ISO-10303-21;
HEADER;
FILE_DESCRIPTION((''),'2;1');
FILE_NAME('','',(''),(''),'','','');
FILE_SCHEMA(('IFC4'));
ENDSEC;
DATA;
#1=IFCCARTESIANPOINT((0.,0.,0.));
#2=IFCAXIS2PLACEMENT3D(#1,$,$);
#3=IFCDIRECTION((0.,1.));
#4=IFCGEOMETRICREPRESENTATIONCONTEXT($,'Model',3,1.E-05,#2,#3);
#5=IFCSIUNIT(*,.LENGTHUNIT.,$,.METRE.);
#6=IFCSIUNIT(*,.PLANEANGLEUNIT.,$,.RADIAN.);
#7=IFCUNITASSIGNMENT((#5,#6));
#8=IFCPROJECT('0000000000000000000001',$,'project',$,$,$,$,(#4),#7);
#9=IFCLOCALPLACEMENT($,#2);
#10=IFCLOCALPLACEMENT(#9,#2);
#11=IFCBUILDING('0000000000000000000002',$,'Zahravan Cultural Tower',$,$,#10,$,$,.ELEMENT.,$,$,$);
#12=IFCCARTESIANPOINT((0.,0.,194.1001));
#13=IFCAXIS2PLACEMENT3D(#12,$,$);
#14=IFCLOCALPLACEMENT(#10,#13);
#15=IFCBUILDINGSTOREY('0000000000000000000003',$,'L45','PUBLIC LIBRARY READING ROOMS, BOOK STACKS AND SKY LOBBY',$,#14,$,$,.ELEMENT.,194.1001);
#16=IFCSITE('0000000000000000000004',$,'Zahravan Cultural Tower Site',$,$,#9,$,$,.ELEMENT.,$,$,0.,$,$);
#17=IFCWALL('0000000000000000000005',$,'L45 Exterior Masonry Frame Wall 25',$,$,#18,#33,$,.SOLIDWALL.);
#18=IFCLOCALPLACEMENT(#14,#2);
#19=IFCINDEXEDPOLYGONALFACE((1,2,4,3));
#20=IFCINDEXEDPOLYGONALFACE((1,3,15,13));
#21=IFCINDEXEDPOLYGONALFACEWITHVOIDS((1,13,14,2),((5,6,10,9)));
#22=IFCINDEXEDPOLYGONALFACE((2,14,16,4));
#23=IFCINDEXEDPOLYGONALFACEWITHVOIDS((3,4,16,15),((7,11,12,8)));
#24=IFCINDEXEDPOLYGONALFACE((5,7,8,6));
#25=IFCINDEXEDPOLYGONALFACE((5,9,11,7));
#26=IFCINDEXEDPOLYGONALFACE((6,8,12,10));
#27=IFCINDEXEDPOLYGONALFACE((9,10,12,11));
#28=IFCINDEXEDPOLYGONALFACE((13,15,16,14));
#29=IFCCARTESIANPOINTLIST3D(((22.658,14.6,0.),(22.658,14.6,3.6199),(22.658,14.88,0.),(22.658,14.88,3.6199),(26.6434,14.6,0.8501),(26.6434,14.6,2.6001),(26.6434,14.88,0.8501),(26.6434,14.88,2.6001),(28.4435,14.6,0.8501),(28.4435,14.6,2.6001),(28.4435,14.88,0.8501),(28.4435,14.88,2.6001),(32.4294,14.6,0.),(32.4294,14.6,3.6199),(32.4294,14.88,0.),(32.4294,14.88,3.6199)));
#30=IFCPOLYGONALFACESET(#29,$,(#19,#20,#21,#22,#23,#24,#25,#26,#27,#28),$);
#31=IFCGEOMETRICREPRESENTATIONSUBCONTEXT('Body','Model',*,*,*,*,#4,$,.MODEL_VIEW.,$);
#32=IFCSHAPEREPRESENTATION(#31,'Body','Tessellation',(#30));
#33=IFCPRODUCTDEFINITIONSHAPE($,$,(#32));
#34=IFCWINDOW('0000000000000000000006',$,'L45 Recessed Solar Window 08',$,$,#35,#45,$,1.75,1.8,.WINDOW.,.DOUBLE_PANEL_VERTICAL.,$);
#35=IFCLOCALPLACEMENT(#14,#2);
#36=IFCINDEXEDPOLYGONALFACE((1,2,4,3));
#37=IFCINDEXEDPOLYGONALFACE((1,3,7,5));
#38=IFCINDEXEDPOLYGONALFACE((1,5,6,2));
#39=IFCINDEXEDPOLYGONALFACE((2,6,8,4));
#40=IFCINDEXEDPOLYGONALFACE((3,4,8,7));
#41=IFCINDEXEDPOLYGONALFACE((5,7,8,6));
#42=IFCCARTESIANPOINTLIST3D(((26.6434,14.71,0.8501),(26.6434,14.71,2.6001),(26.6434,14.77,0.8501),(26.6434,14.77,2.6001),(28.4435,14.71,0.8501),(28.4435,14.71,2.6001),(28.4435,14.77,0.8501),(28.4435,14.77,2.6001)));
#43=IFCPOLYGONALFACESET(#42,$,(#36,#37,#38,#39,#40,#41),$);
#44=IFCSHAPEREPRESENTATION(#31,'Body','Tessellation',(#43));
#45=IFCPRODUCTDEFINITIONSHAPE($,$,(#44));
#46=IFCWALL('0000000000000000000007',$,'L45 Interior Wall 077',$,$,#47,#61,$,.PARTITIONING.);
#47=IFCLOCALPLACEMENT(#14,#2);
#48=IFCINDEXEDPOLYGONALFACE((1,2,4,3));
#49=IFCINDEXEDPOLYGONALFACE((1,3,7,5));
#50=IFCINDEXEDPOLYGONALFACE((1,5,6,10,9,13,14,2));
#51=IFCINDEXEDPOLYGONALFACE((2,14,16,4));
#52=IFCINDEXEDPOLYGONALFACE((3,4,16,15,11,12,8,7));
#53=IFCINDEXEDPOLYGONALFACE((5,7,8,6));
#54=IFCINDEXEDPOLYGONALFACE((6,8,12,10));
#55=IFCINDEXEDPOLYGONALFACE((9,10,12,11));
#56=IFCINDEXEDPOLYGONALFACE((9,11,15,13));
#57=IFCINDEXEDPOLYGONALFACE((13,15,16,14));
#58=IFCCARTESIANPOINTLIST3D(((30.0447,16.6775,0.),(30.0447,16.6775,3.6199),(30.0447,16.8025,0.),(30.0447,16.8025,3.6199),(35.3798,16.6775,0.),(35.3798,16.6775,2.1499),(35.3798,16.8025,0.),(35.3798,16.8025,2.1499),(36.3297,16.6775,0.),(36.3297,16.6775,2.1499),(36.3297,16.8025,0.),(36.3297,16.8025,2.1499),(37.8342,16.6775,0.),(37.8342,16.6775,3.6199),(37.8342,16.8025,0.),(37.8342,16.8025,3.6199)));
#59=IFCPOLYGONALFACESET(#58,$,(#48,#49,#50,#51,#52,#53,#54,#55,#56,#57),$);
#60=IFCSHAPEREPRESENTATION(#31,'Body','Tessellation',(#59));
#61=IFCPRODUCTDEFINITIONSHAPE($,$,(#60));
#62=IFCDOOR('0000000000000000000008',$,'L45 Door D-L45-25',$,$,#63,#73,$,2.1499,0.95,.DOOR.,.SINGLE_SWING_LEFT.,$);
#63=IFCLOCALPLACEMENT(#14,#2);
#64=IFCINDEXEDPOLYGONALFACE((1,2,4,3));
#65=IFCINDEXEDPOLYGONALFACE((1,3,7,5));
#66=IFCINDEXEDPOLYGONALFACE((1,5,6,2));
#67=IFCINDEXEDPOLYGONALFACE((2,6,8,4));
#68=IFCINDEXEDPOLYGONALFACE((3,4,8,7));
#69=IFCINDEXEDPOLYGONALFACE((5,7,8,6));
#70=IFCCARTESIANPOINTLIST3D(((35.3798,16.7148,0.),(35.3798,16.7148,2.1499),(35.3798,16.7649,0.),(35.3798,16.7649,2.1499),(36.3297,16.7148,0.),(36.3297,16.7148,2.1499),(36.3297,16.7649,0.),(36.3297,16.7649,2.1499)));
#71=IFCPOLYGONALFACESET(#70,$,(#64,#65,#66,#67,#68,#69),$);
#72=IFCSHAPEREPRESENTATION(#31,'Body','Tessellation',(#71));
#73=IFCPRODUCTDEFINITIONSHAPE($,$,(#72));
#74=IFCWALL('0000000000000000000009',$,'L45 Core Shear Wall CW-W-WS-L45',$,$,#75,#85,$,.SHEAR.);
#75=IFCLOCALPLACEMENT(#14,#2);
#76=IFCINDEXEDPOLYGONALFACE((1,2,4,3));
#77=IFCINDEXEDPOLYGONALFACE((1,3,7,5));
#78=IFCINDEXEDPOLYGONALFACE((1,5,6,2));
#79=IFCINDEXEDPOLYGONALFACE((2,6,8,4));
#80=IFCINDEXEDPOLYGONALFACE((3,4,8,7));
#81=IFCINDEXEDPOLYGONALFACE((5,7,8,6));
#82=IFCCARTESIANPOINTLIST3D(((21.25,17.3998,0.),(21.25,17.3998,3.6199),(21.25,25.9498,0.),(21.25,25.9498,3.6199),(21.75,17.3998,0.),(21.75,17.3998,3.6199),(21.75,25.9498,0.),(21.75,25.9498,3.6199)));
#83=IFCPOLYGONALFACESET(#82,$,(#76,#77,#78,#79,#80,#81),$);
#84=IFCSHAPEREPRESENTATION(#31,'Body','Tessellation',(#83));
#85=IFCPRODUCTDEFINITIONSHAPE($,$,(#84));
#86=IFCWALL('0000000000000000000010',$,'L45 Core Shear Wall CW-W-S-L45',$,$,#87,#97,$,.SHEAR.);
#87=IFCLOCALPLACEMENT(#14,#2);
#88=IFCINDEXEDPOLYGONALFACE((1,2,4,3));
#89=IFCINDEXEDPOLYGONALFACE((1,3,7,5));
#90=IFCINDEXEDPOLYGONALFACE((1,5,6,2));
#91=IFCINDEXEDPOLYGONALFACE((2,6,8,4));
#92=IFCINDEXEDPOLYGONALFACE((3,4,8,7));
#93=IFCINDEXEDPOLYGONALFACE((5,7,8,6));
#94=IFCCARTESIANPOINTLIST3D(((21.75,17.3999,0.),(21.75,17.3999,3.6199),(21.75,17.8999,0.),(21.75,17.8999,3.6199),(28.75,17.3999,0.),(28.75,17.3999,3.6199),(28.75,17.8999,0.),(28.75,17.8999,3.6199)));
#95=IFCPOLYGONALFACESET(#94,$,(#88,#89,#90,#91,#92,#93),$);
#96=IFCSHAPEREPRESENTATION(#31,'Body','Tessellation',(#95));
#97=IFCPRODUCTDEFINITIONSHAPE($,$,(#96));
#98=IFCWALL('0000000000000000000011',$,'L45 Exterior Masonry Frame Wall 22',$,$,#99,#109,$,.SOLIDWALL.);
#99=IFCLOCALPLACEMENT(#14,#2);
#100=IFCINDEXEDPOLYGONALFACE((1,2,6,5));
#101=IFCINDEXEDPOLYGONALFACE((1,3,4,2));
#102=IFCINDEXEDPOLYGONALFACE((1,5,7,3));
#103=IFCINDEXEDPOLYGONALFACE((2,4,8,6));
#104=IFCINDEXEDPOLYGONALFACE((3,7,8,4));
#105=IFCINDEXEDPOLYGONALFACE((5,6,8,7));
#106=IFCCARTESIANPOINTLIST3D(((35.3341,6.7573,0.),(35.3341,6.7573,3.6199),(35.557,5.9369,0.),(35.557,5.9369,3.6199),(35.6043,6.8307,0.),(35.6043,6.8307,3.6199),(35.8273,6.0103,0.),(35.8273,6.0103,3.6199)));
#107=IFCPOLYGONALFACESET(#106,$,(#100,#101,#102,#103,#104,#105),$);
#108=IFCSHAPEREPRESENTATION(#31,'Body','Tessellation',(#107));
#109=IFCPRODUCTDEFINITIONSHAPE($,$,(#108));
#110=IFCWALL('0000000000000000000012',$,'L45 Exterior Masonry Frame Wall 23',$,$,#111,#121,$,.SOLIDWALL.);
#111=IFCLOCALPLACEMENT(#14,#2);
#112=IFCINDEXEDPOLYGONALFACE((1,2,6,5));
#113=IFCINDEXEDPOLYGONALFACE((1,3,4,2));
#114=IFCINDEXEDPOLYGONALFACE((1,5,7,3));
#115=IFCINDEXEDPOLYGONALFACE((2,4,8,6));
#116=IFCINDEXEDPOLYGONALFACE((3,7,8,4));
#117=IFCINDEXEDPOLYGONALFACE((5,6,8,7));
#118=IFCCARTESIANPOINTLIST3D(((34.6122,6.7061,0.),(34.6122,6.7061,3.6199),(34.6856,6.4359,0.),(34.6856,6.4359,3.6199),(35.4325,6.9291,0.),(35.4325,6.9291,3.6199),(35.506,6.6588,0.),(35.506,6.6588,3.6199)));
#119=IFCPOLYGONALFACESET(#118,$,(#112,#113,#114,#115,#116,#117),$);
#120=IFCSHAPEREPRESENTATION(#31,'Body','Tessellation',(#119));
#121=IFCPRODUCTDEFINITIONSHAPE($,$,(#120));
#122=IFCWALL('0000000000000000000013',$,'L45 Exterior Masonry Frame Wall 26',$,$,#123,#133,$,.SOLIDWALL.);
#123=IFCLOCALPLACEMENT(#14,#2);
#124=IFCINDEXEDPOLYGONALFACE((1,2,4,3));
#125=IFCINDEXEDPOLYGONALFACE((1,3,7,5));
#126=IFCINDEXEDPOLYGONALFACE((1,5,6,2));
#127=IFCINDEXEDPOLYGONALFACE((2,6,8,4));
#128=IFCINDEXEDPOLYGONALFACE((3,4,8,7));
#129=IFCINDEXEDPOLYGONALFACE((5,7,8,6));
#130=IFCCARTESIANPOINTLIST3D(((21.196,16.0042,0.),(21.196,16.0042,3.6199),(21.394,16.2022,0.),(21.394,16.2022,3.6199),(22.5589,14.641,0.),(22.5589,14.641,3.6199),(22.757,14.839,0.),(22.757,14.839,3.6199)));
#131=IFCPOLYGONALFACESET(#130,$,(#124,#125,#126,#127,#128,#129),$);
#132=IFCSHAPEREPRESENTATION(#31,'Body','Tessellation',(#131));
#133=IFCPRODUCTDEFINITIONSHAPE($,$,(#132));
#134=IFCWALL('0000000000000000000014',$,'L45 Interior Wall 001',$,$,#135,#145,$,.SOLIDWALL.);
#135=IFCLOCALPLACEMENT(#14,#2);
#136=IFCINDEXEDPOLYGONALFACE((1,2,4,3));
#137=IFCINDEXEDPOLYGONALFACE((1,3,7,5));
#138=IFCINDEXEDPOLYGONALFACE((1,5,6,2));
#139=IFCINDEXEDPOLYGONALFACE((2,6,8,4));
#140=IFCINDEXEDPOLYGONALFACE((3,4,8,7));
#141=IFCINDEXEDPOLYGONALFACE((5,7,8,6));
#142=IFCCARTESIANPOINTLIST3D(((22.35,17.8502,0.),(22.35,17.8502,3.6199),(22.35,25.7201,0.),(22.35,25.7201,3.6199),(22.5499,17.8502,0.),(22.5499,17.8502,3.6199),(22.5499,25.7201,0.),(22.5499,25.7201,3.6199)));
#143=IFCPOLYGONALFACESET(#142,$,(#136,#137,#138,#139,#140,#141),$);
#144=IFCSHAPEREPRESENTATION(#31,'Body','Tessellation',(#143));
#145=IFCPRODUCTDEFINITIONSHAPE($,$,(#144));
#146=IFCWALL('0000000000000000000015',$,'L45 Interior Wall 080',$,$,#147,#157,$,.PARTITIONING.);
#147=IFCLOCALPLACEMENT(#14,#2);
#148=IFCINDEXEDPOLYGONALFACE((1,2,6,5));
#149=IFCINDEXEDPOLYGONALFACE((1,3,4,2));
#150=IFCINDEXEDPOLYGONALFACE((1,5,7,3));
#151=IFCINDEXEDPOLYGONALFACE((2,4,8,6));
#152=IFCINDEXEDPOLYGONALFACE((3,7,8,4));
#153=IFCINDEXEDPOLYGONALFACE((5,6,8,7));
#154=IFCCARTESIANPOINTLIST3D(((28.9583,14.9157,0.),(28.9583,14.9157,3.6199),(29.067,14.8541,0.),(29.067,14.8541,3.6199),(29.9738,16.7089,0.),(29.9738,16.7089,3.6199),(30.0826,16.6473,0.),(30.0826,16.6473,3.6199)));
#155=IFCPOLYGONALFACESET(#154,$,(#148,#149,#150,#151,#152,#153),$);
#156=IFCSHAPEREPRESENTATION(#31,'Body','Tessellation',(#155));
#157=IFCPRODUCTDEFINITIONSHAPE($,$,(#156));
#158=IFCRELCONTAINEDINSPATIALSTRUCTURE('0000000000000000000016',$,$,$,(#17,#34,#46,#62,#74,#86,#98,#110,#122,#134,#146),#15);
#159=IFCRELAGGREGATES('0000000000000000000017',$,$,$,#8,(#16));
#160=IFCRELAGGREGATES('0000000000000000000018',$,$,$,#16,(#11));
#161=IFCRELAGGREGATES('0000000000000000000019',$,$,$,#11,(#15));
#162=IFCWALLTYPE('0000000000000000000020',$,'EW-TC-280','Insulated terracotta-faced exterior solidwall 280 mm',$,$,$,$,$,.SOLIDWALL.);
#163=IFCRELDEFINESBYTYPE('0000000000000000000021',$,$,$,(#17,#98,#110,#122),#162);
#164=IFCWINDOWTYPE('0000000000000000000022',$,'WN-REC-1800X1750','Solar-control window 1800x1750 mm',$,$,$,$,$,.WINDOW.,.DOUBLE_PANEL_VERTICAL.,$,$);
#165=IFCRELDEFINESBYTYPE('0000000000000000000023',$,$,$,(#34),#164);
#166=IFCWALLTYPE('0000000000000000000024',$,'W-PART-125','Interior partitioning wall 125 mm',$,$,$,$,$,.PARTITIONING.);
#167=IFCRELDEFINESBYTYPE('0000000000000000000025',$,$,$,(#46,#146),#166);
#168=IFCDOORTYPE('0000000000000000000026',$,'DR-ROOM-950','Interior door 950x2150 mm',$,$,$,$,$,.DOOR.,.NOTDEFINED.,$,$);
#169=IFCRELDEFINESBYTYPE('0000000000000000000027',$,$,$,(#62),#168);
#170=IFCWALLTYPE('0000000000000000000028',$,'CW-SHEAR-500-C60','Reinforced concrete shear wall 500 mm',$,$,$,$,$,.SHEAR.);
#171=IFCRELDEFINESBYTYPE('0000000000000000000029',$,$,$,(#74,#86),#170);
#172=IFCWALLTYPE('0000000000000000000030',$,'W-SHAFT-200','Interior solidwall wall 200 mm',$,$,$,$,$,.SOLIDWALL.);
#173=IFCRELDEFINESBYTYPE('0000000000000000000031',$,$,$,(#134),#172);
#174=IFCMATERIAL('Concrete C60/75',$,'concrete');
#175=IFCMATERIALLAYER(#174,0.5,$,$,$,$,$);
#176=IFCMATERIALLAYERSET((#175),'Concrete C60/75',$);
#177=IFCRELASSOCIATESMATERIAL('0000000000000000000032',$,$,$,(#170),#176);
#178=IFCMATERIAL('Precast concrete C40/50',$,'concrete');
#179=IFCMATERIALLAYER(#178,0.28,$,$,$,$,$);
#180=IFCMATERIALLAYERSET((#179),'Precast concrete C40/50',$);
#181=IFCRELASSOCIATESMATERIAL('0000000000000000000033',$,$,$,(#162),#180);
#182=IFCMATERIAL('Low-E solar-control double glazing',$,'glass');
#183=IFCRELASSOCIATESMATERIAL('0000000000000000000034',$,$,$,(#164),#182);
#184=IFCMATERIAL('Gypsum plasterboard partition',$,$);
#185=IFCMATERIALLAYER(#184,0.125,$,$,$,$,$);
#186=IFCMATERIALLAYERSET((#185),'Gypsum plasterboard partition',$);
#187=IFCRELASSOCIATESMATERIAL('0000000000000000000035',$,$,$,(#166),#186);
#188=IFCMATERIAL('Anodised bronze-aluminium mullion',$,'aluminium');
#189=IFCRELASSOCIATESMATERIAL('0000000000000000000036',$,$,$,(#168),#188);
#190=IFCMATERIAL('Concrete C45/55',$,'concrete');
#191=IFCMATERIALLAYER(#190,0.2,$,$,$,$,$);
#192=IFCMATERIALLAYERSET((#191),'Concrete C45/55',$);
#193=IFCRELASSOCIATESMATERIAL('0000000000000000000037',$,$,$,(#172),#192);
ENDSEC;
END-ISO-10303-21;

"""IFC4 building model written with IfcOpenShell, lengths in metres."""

from ifc_helpers import new_model, si_unit, direction, frame, frame_2d, origin, place, context, subcontext, project, spatial, rectangle, extrude, source, transform, mapped, material, layer, layer_set, type_object, element, fill, save


model = new_model("IFC4")

# Units and contexts
model_context = context("Model", 3, precision=1e-05, world=origin(), true_north=direction((0.0, 1.0)))
body_context = subcontext(model_context, "Body", "Model", "MODEL_VIEW")
ifc_project = project(units=[si_unit("LENGTHUNIT", "METRE"), si_unit("PLANEANGLEUNIT", "RADIAN")], contexts=[model_context])

# Site, building, storey
site_placement = place(None, origin())
site = spatial("IfcSite", under=ifc_project, at=site_placement, Name="Zahravan Cultural Tower Site", CompositionType="ELEMENT", RefElevation=0.0)
building_placement = place(site_placement, origin())
building = spatial("IfcBuilding", under=site, at=building_placement, Name="Zahravan Cultural Tower", CompositionType="ELEMENT")
storey_placement = place(building_placement, frame((0.0, 0.0, 194.1001)))
storey = spatial("IfcBuildingStorey", under=building, at=storey_placement, Name="L45", Description="PUBLIC LIBRARY READING ROOMS, BOOK STACKS AND SKY LOBBY", CompositionType="ELEMENT", Elevation=194.1001)

# Shared definitions
ifc_material_1 = material(Name="Concrete C60/75", Category="concrete")
ifc_layer_1 = layer(ifc_material_1, 0.5)
ifc_layer_set_1 = layer_set([ifc_layer_1], Name="Concrete C60/75")
wall_type_1 = type_object("IfcWallType", Name="CW-SHEAR-500-C60", Description="Reinforced concrete shear wall 500 mm", PredefinedType="SHEAR", material=ifc_layer_set_1)

# Wall, opening, window
ifc_material_2 = material(Name="Precast concrete C40/50", Category="concrete")
ifc_layer_2 = layer(ifc_material_2, 0.28)
ifc_layer_set_2 = layer_set([ifc_layer_2], Name="Precast concrete C40/50")
wall_type_2 = type_object("IfcWallType", Name="EW-TC-280", Description="Insulated terracotta-faced exterior solidwall 280 mm", PredefinedType="SOLIDWALL", material=ifc_layer_set_2)
ifc_material_3 = material(Name="Low-E solar-control double glazing", Category="glass")
window_type = type_object("IfcWindowType", Name="WN-REC-1800X1750", Description="Solar-control window 1800x1750 mm", PartitioningType="DOUBLE_PANEL_VERTICAL", PredefinedType="WINDOW", material=ifc_material_3)
shared_shape_1 = source(origin(), body_context, "Body", "SweptSolid", [
    extrude(rectangle(XDim=1.8, YDim=1.75, at=frame_2d((0.8999, 0.875))), frame((0.0, 0.03, 0.0), z_axis=(0.0, -1.0, 0.0), x_axis=(1.0, 0.0, 0.0)), (0.0, 0.0, 1.0), 0.0601),
])
wall_1_placement = place(storey_placement, frame((32.4294, 14.74, 0.0), z_axis=(0.0, 0.0, 1.0), x_axis=(-1.0, 0.0, 0.0)))
wall_1 = element("IfcWall", 1, at=wall_1_placement, inside=storey, type_object=wall_type_2, Name="L45 Exterior Masonry Frame Wall 25", PredefinedType="SOLIDWALL", context=body_context, shape_type="SweptSolid", body=[
    extrude(rectangle(XDim=9.7715, YDim=0.28, at=frame_2d((4.8857, 0.0))), origin(), (0.0, 0.0, 1.0), 3.6199),
])
opening_1_placement = place(wall_1_placement, frame((3.9861, 0.0, 0.8501)))
opening_1 = element("IfcOpeningElement", 2, at=opening_1_placement, cuts=wall_1, PredefinedType="OPENING", context=body_context, shape_type="SweptSolid", body=[
    extrude(rectangle(XDim=1.8, YDim=1.75, at=frame_2d((0.8999, 0.875))), frame((0.0, 0.1499, 0.0), z_axis=(0.0, -1.0, 0.0), x_axis=(1.0, 0.0, 0.0)), (0.0, 0.0, 1.0), 0.3),
])
window_1_placement = place(opening_1_placement, origin())
window_1 = element("IfcWindow", 3, at=window_1_placement, inside=storey, type_object=window_type, Name="L45 Recessed Solar Window 08", OverallHeight=1.75, OverallWidth=1.8, PartitioningType="DOUBLE_PANEL_VERTICAL", PredefinedType="WINDOW", context=body_context, shape_type="MappedRepresentation", body=[
    mapped(shared_shape_1, transform((0.0, 0.0, 0.0), x_axis=(1.0, 0.0, 0.0), y_axis=(0.0, 1.0, 0.0), z_axis=(0.0, 0.0, 1.0), scale=1.0)),
])
fill(opening_1, window_1)

# Wall, opening, door
ifc_material_4 = material(Name="Gypsum plasterboard partition")
ifc_layer_3 = layer(ifc_material_4, 0.125)
ifc_layer_set_3 = layer_set([ifc_layer_3], Name="Gypsum plasterboard partition")
wall_type_3 = type_object("IfcWallType", Name="W-PART-125", Description="Interior partitioning wall 125 mm", PredefinedType="PARTITIONING", material=ifc_layer_set_3)
wall_2_placement = place(storey_placement, frame((30.0447, 16.74, 0.0), z_axis=(0.0, 0.0, 1.0), x_axis=(1.0, 0.0, 0.0)))
wall_2 = element("IfcWall", 4, at=wall_2_placement, inside=storey, type_object=wall_type_3, Name="L45 Interior Wall 077", PredefinedType="PARTITIONING", context=body_context, shape_type="SweptSolid", body=[
    extrude(rectangle(XDim=7.7896, YDim=0.125, at=frame_2d((3.8948, 0.0))), origin(), (0.0, 0.0, 1.0), 3.6199),
])
opening_2_placement = place(wall_2_placement, frame((5.335, 0.0, 0.0)))
opening_2 = element("IfcOpeningElement", 5, at=opening_2_placement, cuts=wall_2, PredefinedType="OPENING", context=body_context, shape_type="SweptSolid", body=[
    extrude(rectangle(XDim=0.95, YDim=2.1499, at=frame_2d((0.4751, 1.075))), frame((0.0, 0.0725, 0.0), z_axis=(0.0, -1.0, 0.0), x_axis=(1.0, 0.0, 0.0)), (0.0, 0.0, 1.0), 0.145),
])
ifc_material_5 = material(Name="Anodised bronze-aluminium mullion", Category="aluminium")
door_type_1 = type_object("IfcDoorType", Name="DR-ROOM-950", Description="Interior door 950x2150 mm", OperationType="NOTDEFINED", PredefinedType="DOOR", material=ifc_material_5)
shared_shape_2 = source(origin(), body_context, "Body", "SweptSolid", [
    extrude(rectangle(XDim=0.95, YDim=2.1499, at=frame_2d((0.4751, 1.075))), frame((0.0, 0.0249, 0.0), z_axis=(0.0, -1.0, 0.0), x_axis=(1.0, 0.0, 0.0)), (0.0, 0.0, 1.0), 0.05),
])
door_1_placement = place(opening_2_placement, origin())
door_1 = element("IfcDoor", 6, at=door_1_placement, inside=storey, type_object=door_type_1, Name="L45 Door D-L45-25", OperationType="SINGLE_SWING_LEFT", OverallHeight=2.1499, OverallWidth=0.95, PredefinedType="DOOR", context=body_context, shape_type="MappedRepresentation", body=[
    mapped(shared_shape_2, transform((0.0, 0.0, 0.0), x_axis=(1.0, 0.0, 0.0), y_axis=(0.0, 1.0, 0.0), z_axis=(0.0, 0.0, 1.0), scale=1.0)),
])
fill(opening_2, door_1)

# Walls
shared_shape_3 = source(origin(), body_context, "Body", "SweptSolid", [
    extrude(rectangle(XDim=8.55, YDim=0.5, at=frame_2d((4.2749, 0.0))), origin(), (0.0, 0.0, 1.0), 3.6199),
])
wall_3_placement = place(storey_placement, frame((21.5, 17.3999, 0.0), z_axis=(0.0, 0.0, 1.0), x_axis=(0.0, 1.0, 0.0)))
element("IfcWall", 7, at=wall_3_placement, inside=storey, type_object=wall_type_1, Name="L45 Core Shear Wall CW-W-WS-L45", PredefinedType="SHEAR", context=body_context, shape_type="MappedRepresentation", body=[
    mapped(shared_shape_3, transform((0.0, 0.0, 0.0), x_axis=(1.0, 0.0, 0.0), y_axis=(0.0, 1.0, 0.0), z_axis=(0.0, 0.0, 1.0), scale=1.0)),
])
shared_shape_4 = source(origin(), body_context, "Body", "SweptSolid", [
    extrude(rectangle(XDim=7.0, YDim=0.5, at=frame_2d((3.5, 0.0))), origin(), (0.0, 0.0, 1.0), 3.6199),
])
wall_4_placement = place(storey_placement, frame((21.75, 17.6499, 0.0), z_axis=(0.0, 0.0, 1.0), x_axis=(1.0, 0.0, 0.0)))
element("IfcWall", 8, at=wall_4_placement, inside=storey, type_object=wall_type_1, Name="L45 Core Shear Wall CW-W-S-L45", PredefinedType="SHEAR", context=body_context, shape_type="MappedRepresentation", body=[
    mapped(shared_shape_4, transform((0.0, 0.0, 0.0), x_axis=(1.0, 0.0, 0.0), y_axis=(0.0, 1.0, 0.0), z_axis=(0.0, 0.0, 1.0), scale=1.0)),
])
shared_shape_5 = source(origin(), body_context, "Body", "SweptSolid", [
    extrude(rectangle(XDim=0.8501, YDim=0.28, at=frame_2d((0.425, 0.0))), origin(), (0.0, 0.0, 1.0), 3.6199),
])
for number, where, z_axis, x_axis, name in (
    (9, (35.6921, 5.9736, 0.0), (0.0, 0.0, 1.0), (-0.262218, 0.965009, 0.0), "L45 Exterior Masonry Frame Wall 22"),
    (10, (35.4692, 6.7939, 0.0), (0.0, 0.0, 1.0), (-0.965009, -0.262218, 0.0), "L45 Exterior Masonry Frame Wall 23"),
):
    element("IfcWall", number, at=place(storey_placement, frame(where, z_axis=z_axis, x_axis=x_axis)), inside=storey, type_object=wall_type_2, Name=name, PredefinedType="SOLIDWALL", context=body_context, shape_type="MappedRepresentation", body=[
        mapped(shared_shape_5, transform((0.0, 0.0, 0.0), x_axis=(1.0, 0.0, 0.0), y_axis=(0.0, 1.0, 0.0), z_axis=(0.0, 0.0, 1.0), scale=1.0)),
    ])
shared_shape_6 = source(origin(), body_context, "Body", "SweptSolid", [
    extrude(rectangle(XDim=1.9277, YDim=0.28, at=frame_2d((0.9639, 0.0))), origin(), (0.0, 0.0, 1.0), 3.6199),
])
wall_5_placement = place(storey_placement, frame((22.658, 14.74, 0.0), z_axis=(0.0, 0.0, 1.0), x_axis=(-0.707043, 0.70717, 0.0)))
element("IfcWall", 11, at=wall_5_placement, inside=storey, type_object=wall_type_2, Name="L45 Exterior Masonry Frame Wall 26", PredefinedType="SOLIDWALL", context=body_context, shape_type="MappedRepresentation", body=[
    mapped(shared_shape_6, transform((0.0, 0.0, 0.0), x_axis=(1.0, 0.0, 0.0), y_axis=(0.0, 1.0, 0.0), z_axis=(0.0, 0.0, 1.0), scale=1.0)),
])
ifc_material_6 = material(Name="Concrete C45/55", Category="concrete")
ifc_layer_4 = layer(ifc_material_6, 0.2)
ifc_layer_set_4 = layer_set([ifc_layer_4], Name="Concrete C45/55")
wall_type_4 = type_object("IfcWallType", Name="W-SHAFT-200", Description="Interior solidwall wall 200 mm", PredefinedType="SOLIDWALL", material=ifc_layer_set_4)
shared_shape_7 = source(origin(), body_context, "Body", "SweptSolid", [
    extrude(rectangle(XDim=7.8699, YDim=0.2, at=frame_2d((3.9351, 0.0))), origin(), (0.0, 0.0, 1.0), 3.6199),
])
wall_6_placement = place(storey_placement, frame((22.45, 17.8501, 0.0), z_axis=(0.0, 0.0, 1.0), x_axis=(0.0, 1.0, 0.0)))
element("IfcWall", 12, at=wall_6_placement, inside=storey, type_object=wall_type_4, Name="L45 Interior Wall 001", PredefinedType="SOLIDWALL", context=body_context, shape_type="MappedRepresentation", body=[
    mapped(shared_shape_7, transform((0.0, 0.0, 0.0), x_axis=(1.0, 0.0, 0.0), y_axis=(0.0, 1.0, 0.0), z_axis=(0.0, 0.0, 1.0), scale=1.0)),
])
shared_shape_8 = source(origin(), body_context, "Body", "SweptSolid", [
    extrude(rectangle(XDim=2.0608, YDim=0.125, at=frame_2d((1.0303, 0.0))), origin(), (0.0, 0.0, 1.0), 3.6199),
])
wall_7_placement = place(storey_placement, frame((29.0127, 14.885, 0.0), z_axis=(0.0, 0.0, 1.0), x_axis=(0.492818, 0.870132, 0.0)))
element("IfcWall", 13, at=wall_7_placement, inside=storey, type_object=wall_type_3, Name="L45 Interior Wall 080", PredefinedType="PARTITIONING", context=body_context, shape_type="MappedRepresentation", body=[
    mapped(shared_shape_8, transform((0.0, 0.0, 0.0), x_axis=(1.0, 0.0, 0.0), y_axis=(0.0, 1.0, 0.0), z_axis=(0.0, 0.0, 1.0), scale=1.0)),
])

save(model, "model.ifc")
